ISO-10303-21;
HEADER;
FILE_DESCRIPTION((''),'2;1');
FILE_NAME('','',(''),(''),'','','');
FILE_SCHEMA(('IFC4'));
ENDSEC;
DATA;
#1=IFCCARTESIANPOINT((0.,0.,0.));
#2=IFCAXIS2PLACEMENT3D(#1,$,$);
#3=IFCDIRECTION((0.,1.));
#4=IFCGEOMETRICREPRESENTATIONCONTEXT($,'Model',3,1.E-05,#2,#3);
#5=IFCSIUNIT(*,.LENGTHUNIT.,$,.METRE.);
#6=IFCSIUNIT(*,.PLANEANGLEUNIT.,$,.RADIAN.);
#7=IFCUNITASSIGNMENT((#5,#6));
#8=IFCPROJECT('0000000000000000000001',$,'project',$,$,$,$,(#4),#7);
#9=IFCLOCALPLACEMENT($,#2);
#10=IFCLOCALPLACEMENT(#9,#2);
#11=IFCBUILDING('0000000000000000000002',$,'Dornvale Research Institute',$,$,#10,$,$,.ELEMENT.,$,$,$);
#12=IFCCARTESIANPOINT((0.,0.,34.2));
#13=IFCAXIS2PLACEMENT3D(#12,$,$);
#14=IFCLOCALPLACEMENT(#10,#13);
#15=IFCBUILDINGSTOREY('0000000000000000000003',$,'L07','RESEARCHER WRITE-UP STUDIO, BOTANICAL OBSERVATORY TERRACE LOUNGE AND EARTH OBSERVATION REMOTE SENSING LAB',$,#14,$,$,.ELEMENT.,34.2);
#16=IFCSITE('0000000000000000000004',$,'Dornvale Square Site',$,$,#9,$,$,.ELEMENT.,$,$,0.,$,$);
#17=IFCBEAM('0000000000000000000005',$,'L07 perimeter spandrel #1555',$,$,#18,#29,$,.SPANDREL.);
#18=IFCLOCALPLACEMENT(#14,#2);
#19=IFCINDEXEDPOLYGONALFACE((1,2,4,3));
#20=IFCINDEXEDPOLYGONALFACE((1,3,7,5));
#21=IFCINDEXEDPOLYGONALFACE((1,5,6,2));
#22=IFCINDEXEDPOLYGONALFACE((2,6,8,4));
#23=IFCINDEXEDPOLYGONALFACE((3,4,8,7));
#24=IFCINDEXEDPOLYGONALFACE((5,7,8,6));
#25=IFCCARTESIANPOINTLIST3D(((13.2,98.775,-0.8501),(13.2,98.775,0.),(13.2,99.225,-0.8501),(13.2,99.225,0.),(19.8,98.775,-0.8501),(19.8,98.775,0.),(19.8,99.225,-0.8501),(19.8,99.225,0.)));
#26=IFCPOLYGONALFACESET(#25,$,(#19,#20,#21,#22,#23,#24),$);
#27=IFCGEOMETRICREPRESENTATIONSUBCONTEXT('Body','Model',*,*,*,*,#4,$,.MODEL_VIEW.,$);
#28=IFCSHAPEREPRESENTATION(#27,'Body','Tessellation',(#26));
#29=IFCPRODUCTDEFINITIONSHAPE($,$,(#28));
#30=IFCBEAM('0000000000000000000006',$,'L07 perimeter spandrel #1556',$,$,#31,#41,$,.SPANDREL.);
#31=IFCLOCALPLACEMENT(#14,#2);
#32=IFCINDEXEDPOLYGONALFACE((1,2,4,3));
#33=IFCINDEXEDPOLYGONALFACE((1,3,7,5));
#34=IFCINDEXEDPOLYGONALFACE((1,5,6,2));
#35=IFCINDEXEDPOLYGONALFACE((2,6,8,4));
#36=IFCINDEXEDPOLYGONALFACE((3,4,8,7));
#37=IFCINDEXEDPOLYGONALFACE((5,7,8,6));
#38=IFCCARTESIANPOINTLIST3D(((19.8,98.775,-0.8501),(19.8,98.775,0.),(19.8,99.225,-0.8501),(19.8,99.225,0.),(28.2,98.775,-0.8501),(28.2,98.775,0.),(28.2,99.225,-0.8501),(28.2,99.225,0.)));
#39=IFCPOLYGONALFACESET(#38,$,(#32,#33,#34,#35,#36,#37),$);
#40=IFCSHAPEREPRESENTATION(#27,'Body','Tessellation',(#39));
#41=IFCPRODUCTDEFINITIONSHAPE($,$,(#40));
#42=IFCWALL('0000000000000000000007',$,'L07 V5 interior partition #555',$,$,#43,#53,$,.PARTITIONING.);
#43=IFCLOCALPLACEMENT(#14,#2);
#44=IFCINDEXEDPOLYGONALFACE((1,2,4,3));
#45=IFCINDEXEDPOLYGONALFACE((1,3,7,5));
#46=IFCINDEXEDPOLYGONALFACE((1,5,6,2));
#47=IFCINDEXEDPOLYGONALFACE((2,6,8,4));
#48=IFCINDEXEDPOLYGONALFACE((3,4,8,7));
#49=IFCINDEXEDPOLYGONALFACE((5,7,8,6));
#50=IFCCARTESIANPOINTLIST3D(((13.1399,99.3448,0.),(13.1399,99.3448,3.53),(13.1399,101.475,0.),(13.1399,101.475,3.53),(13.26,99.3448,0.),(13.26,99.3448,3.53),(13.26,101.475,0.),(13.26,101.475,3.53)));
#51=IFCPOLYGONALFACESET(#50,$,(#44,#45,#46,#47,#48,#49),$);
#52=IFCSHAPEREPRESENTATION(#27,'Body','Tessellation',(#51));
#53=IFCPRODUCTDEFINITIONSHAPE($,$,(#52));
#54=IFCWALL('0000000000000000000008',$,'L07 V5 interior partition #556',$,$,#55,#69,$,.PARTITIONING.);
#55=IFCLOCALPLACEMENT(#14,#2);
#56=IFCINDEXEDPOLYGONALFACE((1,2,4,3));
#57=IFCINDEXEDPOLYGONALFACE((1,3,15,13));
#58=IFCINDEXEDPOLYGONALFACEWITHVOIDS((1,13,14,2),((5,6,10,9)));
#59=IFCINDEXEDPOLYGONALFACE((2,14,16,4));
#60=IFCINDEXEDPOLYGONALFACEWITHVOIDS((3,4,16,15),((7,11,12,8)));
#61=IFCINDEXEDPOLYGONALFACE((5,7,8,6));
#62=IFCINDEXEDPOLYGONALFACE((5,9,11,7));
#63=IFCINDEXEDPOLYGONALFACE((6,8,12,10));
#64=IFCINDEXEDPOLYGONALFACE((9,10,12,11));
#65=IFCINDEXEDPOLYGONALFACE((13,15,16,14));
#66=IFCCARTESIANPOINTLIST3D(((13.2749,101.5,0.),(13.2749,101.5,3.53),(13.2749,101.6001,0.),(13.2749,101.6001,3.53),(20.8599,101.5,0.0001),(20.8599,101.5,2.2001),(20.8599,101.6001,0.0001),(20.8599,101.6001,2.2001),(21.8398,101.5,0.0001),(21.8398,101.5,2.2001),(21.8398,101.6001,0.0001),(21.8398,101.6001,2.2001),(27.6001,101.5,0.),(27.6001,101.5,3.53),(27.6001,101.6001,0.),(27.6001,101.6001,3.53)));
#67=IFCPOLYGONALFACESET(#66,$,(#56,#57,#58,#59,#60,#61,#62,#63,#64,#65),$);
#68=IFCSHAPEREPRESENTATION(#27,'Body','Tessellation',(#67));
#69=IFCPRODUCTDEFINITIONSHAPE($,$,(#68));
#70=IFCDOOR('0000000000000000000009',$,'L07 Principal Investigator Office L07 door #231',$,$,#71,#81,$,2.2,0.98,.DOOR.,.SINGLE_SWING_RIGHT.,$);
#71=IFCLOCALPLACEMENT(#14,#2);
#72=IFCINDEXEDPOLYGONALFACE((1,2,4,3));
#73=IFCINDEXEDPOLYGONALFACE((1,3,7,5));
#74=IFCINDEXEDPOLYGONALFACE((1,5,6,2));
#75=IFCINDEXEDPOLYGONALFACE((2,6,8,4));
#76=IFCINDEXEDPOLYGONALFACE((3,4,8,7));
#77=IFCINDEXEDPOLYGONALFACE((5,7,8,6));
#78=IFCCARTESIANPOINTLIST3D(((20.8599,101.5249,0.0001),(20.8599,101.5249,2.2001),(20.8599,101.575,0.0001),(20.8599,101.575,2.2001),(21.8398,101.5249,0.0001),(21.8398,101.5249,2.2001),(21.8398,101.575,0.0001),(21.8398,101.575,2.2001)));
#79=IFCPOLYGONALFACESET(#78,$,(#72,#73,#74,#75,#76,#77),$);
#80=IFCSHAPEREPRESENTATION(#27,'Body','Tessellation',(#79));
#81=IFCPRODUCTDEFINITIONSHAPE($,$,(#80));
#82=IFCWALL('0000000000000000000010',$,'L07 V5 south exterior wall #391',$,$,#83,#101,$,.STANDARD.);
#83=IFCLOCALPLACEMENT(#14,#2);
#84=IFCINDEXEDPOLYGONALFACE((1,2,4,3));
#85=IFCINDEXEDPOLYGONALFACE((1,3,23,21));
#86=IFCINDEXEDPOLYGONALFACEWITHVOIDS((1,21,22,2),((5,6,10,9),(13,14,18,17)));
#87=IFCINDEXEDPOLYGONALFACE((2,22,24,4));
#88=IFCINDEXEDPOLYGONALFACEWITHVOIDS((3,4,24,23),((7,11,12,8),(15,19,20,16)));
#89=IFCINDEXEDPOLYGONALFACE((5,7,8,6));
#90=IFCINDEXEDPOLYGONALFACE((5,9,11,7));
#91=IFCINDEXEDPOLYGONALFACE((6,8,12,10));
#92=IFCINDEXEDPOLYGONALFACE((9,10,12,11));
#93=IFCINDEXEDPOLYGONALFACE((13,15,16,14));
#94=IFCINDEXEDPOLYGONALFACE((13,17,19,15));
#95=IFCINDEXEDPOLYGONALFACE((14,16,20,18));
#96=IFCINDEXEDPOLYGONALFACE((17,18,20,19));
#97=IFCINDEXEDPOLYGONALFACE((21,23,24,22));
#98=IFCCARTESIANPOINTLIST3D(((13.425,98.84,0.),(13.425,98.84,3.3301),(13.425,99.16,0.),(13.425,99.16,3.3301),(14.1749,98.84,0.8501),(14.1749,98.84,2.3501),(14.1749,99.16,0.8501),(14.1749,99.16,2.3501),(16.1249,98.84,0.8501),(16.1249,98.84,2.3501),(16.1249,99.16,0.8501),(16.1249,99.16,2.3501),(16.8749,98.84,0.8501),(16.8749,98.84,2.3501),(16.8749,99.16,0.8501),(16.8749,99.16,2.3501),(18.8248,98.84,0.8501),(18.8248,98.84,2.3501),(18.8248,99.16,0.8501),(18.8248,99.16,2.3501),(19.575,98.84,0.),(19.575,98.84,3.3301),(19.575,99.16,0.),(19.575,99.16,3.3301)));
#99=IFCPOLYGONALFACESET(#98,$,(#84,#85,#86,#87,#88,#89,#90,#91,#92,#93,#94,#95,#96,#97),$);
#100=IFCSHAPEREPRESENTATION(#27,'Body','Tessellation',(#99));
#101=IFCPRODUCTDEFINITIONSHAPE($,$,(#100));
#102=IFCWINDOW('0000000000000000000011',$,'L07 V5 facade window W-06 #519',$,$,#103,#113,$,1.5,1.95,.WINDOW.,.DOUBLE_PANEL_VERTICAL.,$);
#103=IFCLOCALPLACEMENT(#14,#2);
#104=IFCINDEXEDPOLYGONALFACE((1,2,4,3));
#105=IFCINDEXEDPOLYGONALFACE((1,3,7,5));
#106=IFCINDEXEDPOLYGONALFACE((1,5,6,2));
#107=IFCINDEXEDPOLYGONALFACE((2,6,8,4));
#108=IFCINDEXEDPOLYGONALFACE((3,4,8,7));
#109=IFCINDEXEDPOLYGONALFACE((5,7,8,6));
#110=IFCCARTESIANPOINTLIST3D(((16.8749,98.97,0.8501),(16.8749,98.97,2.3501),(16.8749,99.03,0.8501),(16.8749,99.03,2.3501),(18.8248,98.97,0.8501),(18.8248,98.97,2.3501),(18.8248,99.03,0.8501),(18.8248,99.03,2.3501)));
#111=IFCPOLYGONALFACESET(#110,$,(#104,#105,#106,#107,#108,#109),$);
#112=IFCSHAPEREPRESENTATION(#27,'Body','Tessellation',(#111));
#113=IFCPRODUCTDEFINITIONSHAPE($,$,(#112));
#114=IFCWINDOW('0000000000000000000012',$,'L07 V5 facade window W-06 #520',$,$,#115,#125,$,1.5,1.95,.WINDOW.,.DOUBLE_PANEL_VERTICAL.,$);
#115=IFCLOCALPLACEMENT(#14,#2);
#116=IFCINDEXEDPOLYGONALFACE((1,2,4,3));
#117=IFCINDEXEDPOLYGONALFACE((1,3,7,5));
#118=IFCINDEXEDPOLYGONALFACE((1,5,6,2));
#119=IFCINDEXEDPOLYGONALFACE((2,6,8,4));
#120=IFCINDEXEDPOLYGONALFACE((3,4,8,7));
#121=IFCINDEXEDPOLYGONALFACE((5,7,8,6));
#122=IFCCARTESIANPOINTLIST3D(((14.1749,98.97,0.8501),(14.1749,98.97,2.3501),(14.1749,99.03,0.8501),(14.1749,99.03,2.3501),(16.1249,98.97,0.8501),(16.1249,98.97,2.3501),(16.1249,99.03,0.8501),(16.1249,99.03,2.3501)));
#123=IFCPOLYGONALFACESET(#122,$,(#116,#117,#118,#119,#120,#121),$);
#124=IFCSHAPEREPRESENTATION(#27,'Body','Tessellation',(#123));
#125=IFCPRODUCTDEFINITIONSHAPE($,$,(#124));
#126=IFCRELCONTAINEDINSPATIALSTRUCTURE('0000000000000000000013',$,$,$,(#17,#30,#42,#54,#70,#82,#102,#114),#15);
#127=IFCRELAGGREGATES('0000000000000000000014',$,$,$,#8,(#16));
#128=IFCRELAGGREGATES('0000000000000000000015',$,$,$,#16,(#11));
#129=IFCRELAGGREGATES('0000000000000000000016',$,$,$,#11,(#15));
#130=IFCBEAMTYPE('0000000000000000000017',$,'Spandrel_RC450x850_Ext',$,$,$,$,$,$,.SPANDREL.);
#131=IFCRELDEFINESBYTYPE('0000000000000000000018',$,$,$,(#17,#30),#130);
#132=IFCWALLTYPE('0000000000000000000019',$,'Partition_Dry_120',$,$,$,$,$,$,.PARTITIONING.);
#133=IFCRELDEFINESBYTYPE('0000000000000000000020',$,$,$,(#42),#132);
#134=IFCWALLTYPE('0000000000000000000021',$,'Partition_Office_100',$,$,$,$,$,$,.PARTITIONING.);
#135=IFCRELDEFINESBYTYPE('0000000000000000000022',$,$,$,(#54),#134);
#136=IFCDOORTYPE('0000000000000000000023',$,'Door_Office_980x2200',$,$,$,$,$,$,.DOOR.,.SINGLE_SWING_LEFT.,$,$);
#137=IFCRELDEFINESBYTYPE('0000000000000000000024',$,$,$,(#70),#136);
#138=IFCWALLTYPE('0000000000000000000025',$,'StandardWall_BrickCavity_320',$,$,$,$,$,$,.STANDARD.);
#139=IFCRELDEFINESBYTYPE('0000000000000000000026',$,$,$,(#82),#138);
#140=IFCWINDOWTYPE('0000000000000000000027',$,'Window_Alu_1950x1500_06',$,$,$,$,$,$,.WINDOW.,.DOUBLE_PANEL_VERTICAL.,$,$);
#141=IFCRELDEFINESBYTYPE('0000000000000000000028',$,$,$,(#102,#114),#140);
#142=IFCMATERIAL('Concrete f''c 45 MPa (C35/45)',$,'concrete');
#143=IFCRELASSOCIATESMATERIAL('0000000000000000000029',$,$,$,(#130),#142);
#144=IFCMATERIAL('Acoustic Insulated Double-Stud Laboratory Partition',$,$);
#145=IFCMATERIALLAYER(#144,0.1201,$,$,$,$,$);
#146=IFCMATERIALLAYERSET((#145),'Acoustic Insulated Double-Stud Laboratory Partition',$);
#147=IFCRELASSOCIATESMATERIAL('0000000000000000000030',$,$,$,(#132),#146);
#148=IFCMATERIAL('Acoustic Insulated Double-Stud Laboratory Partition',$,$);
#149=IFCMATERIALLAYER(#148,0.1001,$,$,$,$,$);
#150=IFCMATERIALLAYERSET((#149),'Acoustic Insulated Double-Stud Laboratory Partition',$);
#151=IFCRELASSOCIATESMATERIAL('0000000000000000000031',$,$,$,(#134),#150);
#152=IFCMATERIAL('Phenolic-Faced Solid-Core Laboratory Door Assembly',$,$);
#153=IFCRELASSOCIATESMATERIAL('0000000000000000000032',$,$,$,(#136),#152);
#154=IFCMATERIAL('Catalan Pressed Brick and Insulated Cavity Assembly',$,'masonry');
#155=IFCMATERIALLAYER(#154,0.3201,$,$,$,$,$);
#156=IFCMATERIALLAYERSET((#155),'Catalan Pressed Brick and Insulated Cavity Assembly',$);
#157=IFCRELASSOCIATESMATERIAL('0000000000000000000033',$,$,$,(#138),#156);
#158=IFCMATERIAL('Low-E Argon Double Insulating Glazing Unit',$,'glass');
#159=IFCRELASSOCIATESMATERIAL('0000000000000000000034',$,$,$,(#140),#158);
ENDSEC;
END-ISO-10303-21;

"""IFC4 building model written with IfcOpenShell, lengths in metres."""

from ifc_helpers import new_model, si_unit, direction, frame, frame_2d, origin, origin_2d, place, context, subcontext, project, spatial, rectangle, extrude, material, layer, layer_set, material_profile, profile_set, type_object, element, fill, save


model = new_model("IFC4")

# Units and contexts
model_context = context("Model", 3, precision=1e-05, world=origin(), true_north=direction((0.0, 1.0)))
body_context = subcontext(model_context, "Body", "Model", "MODEL_VIEW")
ifc_project = project(units=[si_unit("LENGTHUNIT", "METRE"), si_unit("PLANEANGLEUNIT", "RADIAN")], contexts=[model_context])

# Site, building, storey
site_placement = place(None, origin())
site = spatial("IfcSite", under=ifc_project, at=site_placement, Name="Dornvale Square Site", CompositionType="ELEMENT", RefElevation=0.0)
building_placement = place(site_placement, origin())
building = spatial("IfcBuilding", under=site, at=building_placement, Name="Dornvale Research Institute", CompositionType="ELEMENT")
storey_placement = place(building_placement, frame((0.0, 0.0, 34.2)))
storey = spatial("IfcBuildingStorey", under=building, at=storey_placement, Name="L07", Description="RESEARCHER WRITE-UP STUDIO, BOTANICAL OBSERVATORY TERRACE LOUNGE AND EARTH OBSERVATION REMOTE SENSING LAB", CompositionType="ELEMENT", Elevation=34.2)

# Beams
ifc_material_1 = material(Name="Concrete f'c 45 MPa (C35/45)", Category="concrete")
ifc_material_profile_1 = material_profile(ifc_material_1, rectangle(XDim=0.45, YDim=0.8501, at=origin_2d()), Name="RC 450x850")
ifc_profile_set_1 = profile_set([ifc_material_profile_1], Name="Concrete f'c 45 MPa (C35/45)")
beam_type_1 = type_object("IfcBeamType", Name="Spandrel_RC450x850_Ext", PredefinedType="SPANDREL", material=ifc_profile_set_1)
beam_1_placement = place(storey_placement, frame((13.2, 99.0, -0.425), z_axis=(1.0, 0.0, 0.0), x_axis=(0.0, 1.0, 0.0)))
element("IfcBeam", 1, at=beam_1_placement, inside=storey, type_object=beam_type_1, Name="L07 perimeter spandrel #1555", PredefinedType="SPANDREL", context=body_context, shape_type="SweptSolid", body=[
    extrude(rectangle(XDim=0.45, YDim=0.8501, at=origin_2d()), origin(), (0.0, 0.0, 1.0), 6.6001),
])
beam_2_placement = place(storey_placement, frame((19.8, 99.0, -0.425), z_axis=(1.0, 0.0, 0.0), x_axis=(0.0, 1.0, 0.0)))
element("IfcBeam", 2, at=beam_2_placement, inside=storey, type_object=beam_type_1, Name="L07 perimeter spandrel #1556", PredefinedType="SPANDREL", context=body_context, shape_type="SweptSolid", body=[
    extrude(rectangle(XDim=0.45, YDim=0.8501, at=origin_2d()), origin(), (0.0, 0.0, 1.0), 8.3999),
])

# Wall
ifc_material_2 = material(Name="Acoustic Insulated Double-Stud Laboratory Partition")
ifc_layer_1 = layer(ifc_material_2, 0.1201)
ifc_layer_set_1 = layer_set([ifc_layer_1], Name="Acoustic Insulated Double-Stud Laboratory Partition")
wall_type_1 = type_object("IfcWallType", Name="Partition_Dry_120", PredefinedType="PARTITIONING", material=ifc_layer_set_1)
wall_1_placement = place(storey_placement, frame((13.2, 99.345, 0.0), z_axis=(0.0, 0.0, 1.0), x_axis=(0.0, 1.0, 0.0)))
element("IfcWall", 3, at=wall_1_placement, inside=storey, type_object=wall_type_1, Name="L07 V5 interior partition #555", PredefinedType="PARTITIONING", context=body_context, shape_type="SweptSolid", body=[
    extrude(rectangle(XDim=2.1301, YDim=0.1201, at=frame_2d((1.0649, 0.0))), origin(), (0.0, 0.0, 1.0), 3.53),
])

# Wall, opening, door
ifc_material_3 = material(Name="Acoustic Insulated Double-Stud Laboratory Partition")
ifc_layer_2 = layer(ifc_material_3, 0.1001)
ifc_layer_set_2 = layer_set([ifc_layer_2], Name="Acoustic Insulated Double-Stud Laboratory Partition")
wall_type_2 = type_object("IfcWallType", Name="Partition_Office_100", PredefinedType="PARTITIONING", material=ifc_layer_set_2)
wall_2_placement = place(storey_placement, frame((13.2749, 101.55, 0.0), z_axis=(0.0, 0.0, 1.0), x_axis=(1.0, 0.0, 0.0)))
wall_2 = element("IfcWall", 4, at=wall_2_placement, inside=storey, type_object=wall_type_2, Name="L07 V5 interior partition #556", PredefinedType="PARTITIONING", context=body_context, shape_type="SweptSolid", body=[
    extrude(rectangle(XDim=14.3252, YDim=0.1001, at=frame_2d((7.1626, 0.0))), origin(), (0.0, 0.0, 1.0), 3.53),
])
opening_1_placement = place(wall_2_placement, frame((7.585, 0.0, 0.0)))
opening_1 = element("IfcOpeningElement", 5, at=opening_1_placement, cuts=wall_2, PredefinedType="OPENING", context=body_context, shape_type="SweptSolid", body=[
    extrude(rectangle(XDim=0.98, YDim=2.2, at=frame_2d((0.49, 1.1001))), frame((0.0, 0.0649, 0.0), z_axis=(0.0, -1.0, 0.0), x_axis=(1.0, 0.0, 0.0)), (0.0, 0.0, 1.0), 0.1301),
])
ifc_material_4 = material(Name="Phenolic-Faced Solid-Core Laboratory Door Assembly")
door_type = type_object("IfcDoorType", Name="Door_Office_980x2200", OperationType="SINGLE_SWING_LEFT", PredefinedType="DOOR", material=ifc_material_4)
door_placement = place(opening_1_placement, origin())
door = element("IfcDoor", 6, at=door_placement, inside=storey, type_object=door_type, Name="L07 Principal Investigator Office L07 door #231", OperationType="SINGLE_SWING_RIGHT", OverallHeight=2.2, OverallWidth=0.98, PredefinedType="DOOR", context=body_context, shape_type="SweptSolid", body=[
    extrude(rectangle(XDim=0.98, YDim=2.2, at=frame_2d((0.49, 1.1001))), frame((0.0, 0.0249, 0.0), z_axis=(0.0, -1.0, 0.0), x_axis=(1.0, 0.0, 0.0)), (0.0, 0.0, 1.0), 0.05),
])
fill(opening_1, door)

# Wall, openings, windows
ifc_material_5 = material(Name="Catalan Pressed Brick and Insulated Cavity Assembly", Category="masonry")
ifc_layer_3 = layer(ifc_material_5, 0.3201)
ifc_layer_set_3 = layer_set([ifc_layer_3], Name="Catalan Pressed Brick and Insulated Cavity Assembly")
wall_type_3 = type_object("IfcWallType", Name="StandardWall_BrickCavity_320", PredefinedType="STANDARD", material=ifc_layer_set_3)
wall_3_placement = place(storey_placement, frame((19.575, 99.0, 0.0), z_axis=(0.0, 0.0, 1.0), x_axis=(-1.0, 0.0, 0.0)))
wall_3 = element("IfcWall", 7, at=wall_3_placement, inside=storey, type_object=wall_type_3, Name="L07 V5 south exterior wall #391", PredefinedType="STANDARD", context=body_context, shape_type="SweptSolid", body=[
    extrude(rectangle(XDim=6.1499, YDim=0.3201, at=frame_2d((3.075, 0.0))), origin(), (0.0, 0.0, 1.0), 3.3301),
])
opening_2_placement = place(wall_3_placement, frame((0.75, 0.0, 0.8501)))
opening_2 = element("IfcOpeningElement", 8, at=opening_2_placement, cuts=wall_3, PredefinedType="OPENING", context=body_context, shape_type="SweptSolid", body=[
    extrude(rectangle(XDim=1.95, YDim=1.5, at=frame_2d((0.9751, 0.75))), frame((0.0, 0.175, 0.0), z_axis=(0.0, -1.0, 0.0), x_axis=(1.0, 0.0, 0.0)), (0.0, 0.0, 1.0), 0.3501),
])
opening_3_placement = place(wall_3_placement, frame((3.45, 0.0, 0.8501)))
opening_3 = element("IfcOpeningElement", 9, at=opening_3_placement, cuts=wall_3, PredefinedType="OPENING", context=body_context, shape_type="SweptSolid", body=[
    extrude(rectangle(XDim=1.95, YDim=1.5, at=frame_2d((0.9751, 0.75))), frame((0.0, 0.175, 0.0), z_axis=(0.0, -1.0, 0.0), x_axis=(1.0, 0.0, 0.0)), (0.0, 0.0, 1.0), 0.3501),
])
ifc_material_6 = material(Name="Low-E Argon Double Insulating Glazing Unit", Category="glass")
window_type = type_object("IfcWindowType", Name="Window_Alu_1950x1500_06", PartitioningType="DOUBLE_PANEL_VERTICAL", PredefinedType="WINDOW", material=ifc_material_6)
window_1_placement = place(opening_2_placement, origin())
window_1 = element("IfcWindow", 10, at=window_1_placement, inside=storey, type_object=window_type, Name="L07 V5 facade window W-06 #519", OverallHeight=1.5, OverallWidth=1.95, PartitioningType="DOUBLE_PANEL_VERTICAL", PredefinedType="WINDOW", context=body_context, shape_type="SweptSolid", body=[
    extrude(rectangle(XDim=1.95, YDim=1.5, at=frame_2d((0.9751, 0.75))), frame((0.0, 0.03, 0.0), z_axis=(0.0, -1.0, 0.0), x_axis=(1.0, 0.0, 0.0)), (0.0, 0.0, 1.0), 0.0601),
])
fill(opening_2, window_1)
window_2_placement = place(opening_3_placement, origin())
window_2 = element("IfcWindow", 11, at=window_2_placement, inside=storey, type_object=window_type, Name="L07 V5 facade window W-06 #520", OverallHeight=1.5, OverallWidth=1.95, PartitioningType="DOUBLE_PANEL_VERTICAL", PredefinedType="WINDOW", context=body_context, shape_type="SweptSolid", body=[
    extrude(rectangle(XDim=1.95, YDim=1.5, at=frame_2d((0.9751, 0.75))), frame((0.0, 0.03, 0.0), z_axis=(0.0, -1.0, 0.0), x_axis=(1.0, 0.0, 0.0)), (0.0, 0.0, 1.0), 0.0601),
])
fill(opening_3, window_2)

save(model, "model.ifc")
